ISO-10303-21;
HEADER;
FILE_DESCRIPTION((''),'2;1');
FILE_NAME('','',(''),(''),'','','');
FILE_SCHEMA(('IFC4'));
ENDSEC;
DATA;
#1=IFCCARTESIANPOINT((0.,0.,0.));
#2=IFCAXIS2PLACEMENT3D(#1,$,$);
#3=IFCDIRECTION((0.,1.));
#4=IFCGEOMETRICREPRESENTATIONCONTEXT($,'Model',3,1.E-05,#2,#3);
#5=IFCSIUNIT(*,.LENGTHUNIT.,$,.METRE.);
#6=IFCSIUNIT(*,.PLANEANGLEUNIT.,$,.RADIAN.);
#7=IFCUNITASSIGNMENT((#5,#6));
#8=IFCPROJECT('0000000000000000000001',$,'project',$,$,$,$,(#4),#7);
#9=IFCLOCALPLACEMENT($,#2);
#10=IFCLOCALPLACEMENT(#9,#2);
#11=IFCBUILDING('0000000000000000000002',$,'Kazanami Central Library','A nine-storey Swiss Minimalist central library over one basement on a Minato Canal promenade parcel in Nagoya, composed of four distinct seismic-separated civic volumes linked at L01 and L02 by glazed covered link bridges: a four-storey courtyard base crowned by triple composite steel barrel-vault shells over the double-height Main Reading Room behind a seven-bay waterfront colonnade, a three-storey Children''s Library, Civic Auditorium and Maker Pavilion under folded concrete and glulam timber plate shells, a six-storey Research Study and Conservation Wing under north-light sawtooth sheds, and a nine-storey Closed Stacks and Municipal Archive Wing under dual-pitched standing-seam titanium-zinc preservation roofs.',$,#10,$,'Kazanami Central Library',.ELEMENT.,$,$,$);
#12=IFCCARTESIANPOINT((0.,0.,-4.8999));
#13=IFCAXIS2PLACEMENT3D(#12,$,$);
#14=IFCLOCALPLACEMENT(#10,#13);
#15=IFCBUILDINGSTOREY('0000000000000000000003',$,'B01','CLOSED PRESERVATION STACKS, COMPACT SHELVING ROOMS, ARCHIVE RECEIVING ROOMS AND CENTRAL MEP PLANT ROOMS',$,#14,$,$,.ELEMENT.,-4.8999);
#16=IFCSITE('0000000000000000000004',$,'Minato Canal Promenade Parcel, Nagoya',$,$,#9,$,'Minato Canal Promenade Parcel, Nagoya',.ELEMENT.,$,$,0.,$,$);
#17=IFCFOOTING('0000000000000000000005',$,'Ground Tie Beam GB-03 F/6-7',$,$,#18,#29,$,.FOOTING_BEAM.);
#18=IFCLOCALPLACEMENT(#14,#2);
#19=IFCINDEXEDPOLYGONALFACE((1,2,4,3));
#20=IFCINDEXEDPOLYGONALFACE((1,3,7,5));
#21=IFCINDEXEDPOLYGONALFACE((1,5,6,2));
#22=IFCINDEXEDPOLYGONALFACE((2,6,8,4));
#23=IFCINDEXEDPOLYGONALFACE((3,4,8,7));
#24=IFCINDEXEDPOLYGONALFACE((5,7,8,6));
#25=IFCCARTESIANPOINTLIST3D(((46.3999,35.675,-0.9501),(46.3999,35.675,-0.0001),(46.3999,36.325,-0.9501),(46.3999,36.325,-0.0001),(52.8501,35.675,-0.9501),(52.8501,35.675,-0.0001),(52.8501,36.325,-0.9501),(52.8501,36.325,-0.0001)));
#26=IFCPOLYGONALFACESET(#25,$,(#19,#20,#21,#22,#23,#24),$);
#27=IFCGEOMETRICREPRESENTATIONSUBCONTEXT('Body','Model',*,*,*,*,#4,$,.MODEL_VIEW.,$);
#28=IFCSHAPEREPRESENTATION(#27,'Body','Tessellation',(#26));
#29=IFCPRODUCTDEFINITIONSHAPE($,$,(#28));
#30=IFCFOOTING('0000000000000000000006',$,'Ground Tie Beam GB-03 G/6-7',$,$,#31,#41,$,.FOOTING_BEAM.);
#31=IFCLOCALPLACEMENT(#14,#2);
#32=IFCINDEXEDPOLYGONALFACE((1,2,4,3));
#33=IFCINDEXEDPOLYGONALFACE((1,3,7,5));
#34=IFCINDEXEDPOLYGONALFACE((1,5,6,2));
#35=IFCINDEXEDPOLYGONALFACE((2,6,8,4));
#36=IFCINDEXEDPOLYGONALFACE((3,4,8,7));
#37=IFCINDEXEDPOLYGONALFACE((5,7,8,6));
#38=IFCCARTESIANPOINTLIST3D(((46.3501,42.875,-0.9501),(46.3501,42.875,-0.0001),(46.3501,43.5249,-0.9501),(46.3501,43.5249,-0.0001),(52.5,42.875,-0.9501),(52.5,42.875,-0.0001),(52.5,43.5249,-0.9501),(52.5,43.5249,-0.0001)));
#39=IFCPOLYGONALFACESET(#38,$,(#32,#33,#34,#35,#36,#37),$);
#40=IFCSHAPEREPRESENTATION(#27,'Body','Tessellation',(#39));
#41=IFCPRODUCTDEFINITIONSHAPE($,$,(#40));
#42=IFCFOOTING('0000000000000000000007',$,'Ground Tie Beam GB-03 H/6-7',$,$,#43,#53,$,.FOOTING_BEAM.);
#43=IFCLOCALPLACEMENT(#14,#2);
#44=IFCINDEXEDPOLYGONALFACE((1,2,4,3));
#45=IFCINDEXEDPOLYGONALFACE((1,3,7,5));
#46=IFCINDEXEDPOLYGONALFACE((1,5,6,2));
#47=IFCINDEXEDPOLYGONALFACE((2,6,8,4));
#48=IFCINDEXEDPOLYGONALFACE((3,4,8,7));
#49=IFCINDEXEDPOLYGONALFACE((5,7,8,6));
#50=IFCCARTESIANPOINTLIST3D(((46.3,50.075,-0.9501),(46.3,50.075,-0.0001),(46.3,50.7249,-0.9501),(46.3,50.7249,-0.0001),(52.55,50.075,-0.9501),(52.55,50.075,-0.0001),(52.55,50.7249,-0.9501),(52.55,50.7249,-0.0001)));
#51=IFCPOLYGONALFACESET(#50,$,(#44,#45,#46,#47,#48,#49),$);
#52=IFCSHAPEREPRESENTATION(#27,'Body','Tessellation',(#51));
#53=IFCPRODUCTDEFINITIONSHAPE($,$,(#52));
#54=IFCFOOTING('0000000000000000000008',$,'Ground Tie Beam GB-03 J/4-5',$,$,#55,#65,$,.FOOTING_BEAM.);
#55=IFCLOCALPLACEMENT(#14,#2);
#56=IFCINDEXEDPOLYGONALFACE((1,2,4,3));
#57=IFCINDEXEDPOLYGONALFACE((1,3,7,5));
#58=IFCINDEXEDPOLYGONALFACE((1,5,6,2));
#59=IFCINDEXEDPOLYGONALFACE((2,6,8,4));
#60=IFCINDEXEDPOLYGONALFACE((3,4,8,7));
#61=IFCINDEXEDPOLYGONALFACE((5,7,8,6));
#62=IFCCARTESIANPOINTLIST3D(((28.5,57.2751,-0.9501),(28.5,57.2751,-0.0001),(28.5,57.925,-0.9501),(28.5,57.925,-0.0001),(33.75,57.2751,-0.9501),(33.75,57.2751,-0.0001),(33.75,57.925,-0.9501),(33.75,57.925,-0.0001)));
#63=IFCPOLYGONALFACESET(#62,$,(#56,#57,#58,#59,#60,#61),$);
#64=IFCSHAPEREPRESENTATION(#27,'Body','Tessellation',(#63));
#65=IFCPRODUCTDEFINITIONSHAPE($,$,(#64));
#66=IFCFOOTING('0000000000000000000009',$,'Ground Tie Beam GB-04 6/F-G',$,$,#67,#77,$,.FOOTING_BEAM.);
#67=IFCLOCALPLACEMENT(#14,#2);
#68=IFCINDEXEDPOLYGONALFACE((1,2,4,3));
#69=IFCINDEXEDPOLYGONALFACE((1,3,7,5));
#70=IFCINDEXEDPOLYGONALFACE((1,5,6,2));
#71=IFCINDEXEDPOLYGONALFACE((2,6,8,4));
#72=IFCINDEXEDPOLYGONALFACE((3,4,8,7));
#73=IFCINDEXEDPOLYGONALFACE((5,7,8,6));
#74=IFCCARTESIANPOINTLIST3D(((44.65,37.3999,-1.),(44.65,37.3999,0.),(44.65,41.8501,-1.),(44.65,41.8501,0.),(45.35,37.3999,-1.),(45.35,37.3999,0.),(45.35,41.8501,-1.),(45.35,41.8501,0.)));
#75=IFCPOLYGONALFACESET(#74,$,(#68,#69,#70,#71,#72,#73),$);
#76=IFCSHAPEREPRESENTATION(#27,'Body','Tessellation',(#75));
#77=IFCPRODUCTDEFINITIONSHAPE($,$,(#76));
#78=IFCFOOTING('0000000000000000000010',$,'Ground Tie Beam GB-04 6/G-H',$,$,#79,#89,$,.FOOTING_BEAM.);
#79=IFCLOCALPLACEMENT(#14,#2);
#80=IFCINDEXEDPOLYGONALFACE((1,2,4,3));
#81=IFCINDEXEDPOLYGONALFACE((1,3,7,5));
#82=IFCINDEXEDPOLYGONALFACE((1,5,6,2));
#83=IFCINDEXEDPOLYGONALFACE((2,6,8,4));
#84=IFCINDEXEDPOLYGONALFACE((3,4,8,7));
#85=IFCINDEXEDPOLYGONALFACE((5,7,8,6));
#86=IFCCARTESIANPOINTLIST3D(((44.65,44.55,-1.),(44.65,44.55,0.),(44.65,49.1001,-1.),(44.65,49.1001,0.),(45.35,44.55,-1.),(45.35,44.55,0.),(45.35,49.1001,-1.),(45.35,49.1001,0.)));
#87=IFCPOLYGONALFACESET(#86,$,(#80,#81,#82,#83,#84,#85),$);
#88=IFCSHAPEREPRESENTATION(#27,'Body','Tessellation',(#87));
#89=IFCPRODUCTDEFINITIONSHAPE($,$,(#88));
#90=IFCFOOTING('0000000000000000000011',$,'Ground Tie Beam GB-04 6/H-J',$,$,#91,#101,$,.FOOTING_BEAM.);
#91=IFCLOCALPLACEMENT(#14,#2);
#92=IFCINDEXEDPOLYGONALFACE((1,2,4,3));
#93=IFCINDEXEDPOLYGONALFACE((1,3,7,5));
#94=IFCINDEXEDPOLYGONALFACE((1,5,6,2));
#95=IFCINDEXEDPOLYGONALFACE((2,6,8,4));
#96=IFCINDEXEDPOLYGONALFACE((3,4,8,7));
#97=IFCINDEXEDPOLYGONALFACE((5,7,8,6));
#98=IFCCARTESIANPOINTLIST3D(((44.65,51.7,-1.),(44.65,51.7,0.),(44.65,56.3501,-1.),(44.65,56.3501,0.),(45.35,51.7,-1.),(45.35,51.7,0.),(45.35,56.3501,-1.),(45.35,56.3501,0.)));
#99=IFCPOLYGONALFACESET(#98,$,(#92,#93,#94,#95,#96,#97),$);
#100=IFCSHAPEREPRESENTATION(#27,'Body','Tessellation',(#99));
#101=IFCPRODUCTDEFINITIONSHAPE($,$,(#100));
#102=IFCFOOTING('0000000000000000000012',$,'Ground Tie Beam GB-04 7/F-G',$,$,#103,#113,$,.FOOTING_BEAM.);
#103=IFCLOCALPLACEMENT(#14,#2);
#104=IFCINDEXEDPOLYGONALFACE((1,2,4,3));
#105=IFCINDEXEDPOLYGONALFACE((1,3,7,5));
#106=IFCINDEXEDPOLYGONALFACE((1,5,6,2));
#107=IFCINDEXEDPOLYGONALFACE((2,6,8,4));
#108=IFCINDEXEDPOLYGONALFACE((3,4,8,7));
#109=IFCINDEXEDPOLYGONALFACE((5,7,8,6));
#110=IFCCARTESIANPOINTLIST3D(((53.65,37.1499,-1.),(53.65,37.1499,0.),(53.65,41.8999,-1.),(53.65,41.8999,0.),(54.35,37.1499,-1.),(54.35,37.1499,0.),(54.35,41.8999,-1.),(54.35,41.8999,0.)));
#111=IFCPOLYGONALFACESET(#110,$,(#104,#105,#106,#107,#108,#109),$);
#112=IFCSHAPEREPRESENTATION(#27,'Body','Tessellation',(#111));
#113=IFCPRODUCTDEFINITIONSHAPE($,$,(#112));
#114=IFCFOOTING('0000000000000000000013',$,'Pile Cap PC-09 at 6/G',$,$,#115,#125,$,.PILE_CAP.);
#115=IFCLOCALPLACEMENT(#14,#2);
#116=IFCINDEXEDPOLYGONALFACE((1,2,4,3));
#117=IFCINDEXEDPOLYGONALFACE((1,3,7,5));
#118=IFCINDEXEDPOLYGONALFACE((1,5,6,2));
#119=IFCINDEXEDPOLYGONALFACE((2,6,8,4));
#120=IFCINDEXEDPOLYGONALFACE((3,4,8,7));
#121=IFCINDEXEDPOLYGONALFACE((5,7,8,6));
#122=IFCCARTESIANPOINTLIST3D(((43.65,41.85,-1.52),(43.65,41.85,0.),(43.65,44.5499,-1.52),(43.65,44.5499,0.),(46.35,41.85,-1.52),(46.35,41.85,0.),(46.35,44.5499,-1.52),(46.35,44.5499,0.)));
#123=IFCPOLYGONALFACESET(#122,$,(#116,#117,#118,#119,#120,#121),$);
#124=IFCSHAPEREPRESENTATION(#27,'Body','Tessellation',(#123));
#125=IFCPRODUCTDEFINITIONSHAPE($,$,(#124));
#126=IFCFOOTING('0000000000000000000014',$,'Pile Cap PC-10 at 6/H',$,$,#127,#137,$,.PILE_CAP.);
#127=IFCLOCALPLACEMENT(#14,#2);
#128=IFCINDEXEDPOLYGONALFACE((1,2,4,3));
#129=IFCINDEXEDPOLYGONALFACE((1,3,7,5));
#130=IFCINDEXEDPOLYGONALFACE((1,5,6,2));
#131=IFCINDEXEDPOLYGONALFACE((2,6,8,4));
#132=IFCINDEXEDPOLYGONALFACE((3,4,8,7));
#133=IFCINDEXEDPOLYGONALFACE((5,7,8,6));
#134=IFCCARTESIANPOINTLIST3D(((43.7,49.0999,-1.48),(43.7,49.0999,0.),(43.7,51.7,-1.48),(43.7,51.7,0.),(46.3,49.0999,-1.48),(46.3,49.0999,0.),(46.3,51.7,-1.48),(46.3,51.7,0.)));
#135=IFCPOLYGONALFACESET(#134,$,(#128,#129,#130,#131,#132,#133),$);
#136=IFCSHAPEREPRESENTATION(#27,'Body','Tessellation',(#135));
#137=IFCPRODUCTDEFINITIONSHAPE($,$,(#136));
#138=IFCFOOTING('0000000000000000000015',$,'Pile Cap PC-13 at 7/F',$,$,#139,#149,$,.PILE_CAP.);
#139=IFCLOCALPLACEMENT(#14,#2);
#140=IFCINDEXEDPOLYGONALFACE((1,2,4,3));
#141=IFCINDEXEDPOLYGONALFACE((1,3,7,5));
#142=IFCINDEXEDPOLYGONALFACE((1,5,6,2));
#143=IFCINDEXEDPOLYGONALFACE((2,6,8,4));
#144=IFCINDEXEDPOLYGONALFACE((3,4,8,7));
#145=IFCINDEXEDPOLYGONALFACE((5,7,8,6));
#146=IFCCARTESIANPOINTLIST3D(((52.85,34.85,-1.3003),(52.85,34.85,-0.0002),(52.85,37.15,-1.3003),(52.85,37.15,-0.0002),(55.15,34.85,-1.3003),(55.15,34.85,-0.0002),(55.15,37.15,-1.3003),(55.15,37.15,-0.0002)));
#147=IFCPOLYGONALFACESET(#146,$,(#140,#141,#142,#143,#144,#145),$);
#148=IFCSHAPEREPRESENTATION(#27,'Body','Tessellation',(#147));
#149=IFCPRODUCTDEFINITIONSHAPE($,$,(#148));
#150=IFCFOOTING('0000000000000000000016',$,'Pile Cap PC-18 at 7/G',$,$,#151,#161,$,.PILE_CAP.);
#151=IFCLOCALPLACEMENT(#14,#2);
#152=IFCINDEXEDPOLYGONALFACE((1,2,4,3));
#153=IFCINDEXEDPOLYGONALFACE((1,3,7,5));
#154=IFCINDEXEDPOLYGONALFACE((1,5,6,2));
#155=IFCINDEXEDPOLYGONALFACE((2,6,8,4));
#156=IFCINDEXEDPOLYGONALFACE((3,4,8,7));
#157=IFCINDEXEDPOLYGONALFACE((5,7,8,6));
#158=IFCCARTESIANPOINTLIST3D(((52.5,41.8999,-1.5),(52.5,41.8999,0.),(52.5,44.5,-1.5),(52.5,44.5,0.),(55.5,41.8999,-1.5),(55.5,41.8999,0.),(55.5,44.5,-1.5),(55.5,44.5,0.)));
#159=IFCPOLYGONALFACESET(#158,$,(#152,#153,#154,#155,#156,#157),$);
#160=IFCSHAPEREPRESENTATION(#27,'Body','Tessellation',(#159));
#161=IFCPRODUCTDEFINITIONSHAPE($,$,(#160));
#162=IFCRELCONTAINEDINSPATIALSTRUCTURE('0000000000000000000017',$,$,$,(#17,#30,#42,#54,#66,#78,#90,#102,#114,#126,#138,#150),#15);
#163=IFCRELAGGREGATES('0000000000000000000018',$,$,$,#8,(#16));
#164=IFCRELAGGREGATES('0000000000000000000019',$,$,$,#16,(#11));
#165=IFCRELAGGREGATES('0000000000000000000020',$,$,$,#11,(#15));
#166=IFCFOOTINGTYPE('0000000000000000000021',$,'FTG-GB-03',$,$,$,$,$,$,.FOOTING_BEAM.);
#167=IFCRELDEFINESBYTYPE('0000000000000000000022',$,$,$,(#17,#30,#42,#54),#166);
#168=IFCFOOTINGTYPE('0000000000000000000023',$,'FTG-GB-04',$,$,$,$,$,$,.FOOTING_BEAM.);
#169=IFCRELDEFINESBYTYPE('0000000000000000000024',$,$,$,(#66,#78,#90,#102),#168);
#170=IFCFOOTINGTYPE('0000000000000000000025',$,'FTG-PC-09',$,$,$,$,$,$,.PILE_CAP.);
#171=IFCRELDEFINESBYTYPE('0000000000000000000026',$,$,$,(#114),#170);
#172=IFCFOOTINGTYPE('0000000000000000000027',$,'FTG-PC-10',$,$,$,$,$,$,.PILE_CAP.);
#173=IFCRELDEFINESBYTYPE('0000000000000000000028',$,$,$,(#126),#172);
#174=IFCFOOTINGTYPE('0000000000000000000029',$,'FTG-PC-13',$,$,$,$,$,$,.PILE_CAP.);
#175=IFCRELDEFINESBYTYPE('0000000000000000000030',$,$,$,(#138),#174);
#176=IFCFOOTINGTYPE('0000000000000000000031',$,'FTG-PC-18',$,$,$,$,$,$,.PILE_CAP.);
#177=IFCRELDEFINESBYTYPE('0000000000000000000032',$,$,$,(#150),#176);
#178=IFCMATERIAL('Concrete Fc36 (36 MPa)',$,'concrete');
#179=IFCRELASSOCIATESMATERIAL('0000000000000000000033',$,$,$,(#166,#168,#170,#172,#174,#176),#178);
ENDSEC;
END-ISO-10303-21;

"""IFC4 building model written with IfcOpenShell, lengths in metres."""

from ifc_helpers import new_model, si_unit, direction, frame, origin, origin_2d, place, context, subcontext, project, spatial, rectangle, extrude, material, material_profile, profile_set, type_object, element, save


model = new_model("IFC4")

# Units and contexts
model_context = context("Model", 3, precision=1e-05, world=origin(), true_north=direction((0.0, 1.0)))
body_context = subcontext(model_context, "Body", "Model", "MODEL_VIEW")
ifc_project = project(units=[si_unit("LENGTHUNIT", "METRE"), si_unit("PLANEANGLEUNIT", "RADIAN")], contexts=[model_context])

# Site, building, storey
site_placement = place(None, origin())
site = spatial("IfcSite", under=ifc_project, at=site_placement, Name="Minato Canal Promenade Parcel, Nagoya", LongName="Minato Canal Promenade Parcel, Nagoya", CompositionType="ELEMENT", RefElevation=0.0)
building_placement = place(site_placement, origin())
building = spatial("IfcBuilding", under=site, at=building_placement, Name="Kazanami Central Library", Description="A nine-storey Swiss Minimalist central library over one basement on a Minato Canal promenade parcel in Nagoya, composed of four distinct seismic-separated civic volumes linked at L01 and L02 by glazed covered link bridges: a four-storey courtyard base crowned by triple composite steel barrel-vault shells over the double-height Main Reading Room behind a seven-bay waterfront colonnade, a three-storey Children's Library, Civic Auditorium and Maker Pavilion under folded concrete and glulam timber plate shells, a six-storey Research Study and Conservation Wing under north-light sawtooth sheds, and a nine-storey Closed Stacks and Municipal Archive Wing under dual-pitched standing-seam titanium-zinc preservation roofs.", LongName="Kazanami Central Library", CompositionType="ELEMENT")
storey_placement = place(building_placement, frame((0.0, 0.0, -4.8999)))
storey = spatial("IfcBuildingStorey", under=building, at=storey_placement, Name="B01", Description="CLOSED PRESERVATION STACKS, COMPACT SHELVING ROOMS, ARCHIVE RECEIVING ROOMS AND CENTRAL MEP PLANT ROOMS", CompositionType="ELEMENT", Elevation=-4.8999)

# Footings
ifc_material_1 = material(Name="Concrete Fc36 (36 MPa)", Category="concrete")
ifc_material_profile_1 = material_profile(ifc_material_1, rectangle(XDim=0.6499, YDim=0.95, at=origin_2d()), Name="RC-650x950")
ifc_profile_set_1 = profile_set([ifc_material_profile_1], Name="Concrete Fc36 (36 MPa)")
footing_type_1 = type_object("IfcFootingType", Name="FTG-GB-03", PredefinedType="FOOTING_BEAM", material=ifc_profile_set_1)
footing_1_placement = place(storey_placement, frame((46.3999, 36.0, -0.4751), z_axis=(1.0, 0.0, 0.0), x_axis=(0.0, 1.0, 0.0)))
element("IfcFooting", 1, at=footing_1_placement, inside=storey, type_object=footing_type_1, Name="Ground Tie Beam GB-03 F/6-7", PredefinedType="FOOTING_BEAM", context=body_context, shape_type="SweptSolid", body=[
    extrude(rectangle(XDim=0.6499, YDim=0.95, at=origin_2d()), origin(), (0.0, 0.0, 1.0), 6.4502),
])
footing_2_placement = place(storey_placement, frame((46.3501, 43.2, -0.4751), z_axis=(1.0, 0.0, 0.0), x_axis=(0.0, 1.0, 0.0)))
element("IfcFooting", 2, at=footing_2_placement, inside=storey, type_object=footing_type_1, Name="Ground Tie Beam GB-03 G/6-7", PredefinedType="FOOTING_BEAM", context=body_context, shape_type="SweptSolid", body=[
    extrude(rectangle(XDim=0.6499, YDim=0.95, at=origin_2d()), origin(), (0.0, 0.0, 1.0), 6.1499),
])
footing_3_placement = place(storey_placement, frame((46.3, 50.3999, -0.4751), z_axis=(1.0, 0.0, 0.0), x_axis=(0.0, 1.0, 0.0)))
element("IfcFooting", 3, at=footing_3_placement, inside=storey, type_object=footing_type_1, Name="Ground Tie Beam GB-03 H/6-7", PredefinedType="FOOTING_BEAM", context=body_context, shape_type="SweptSolid", body=[
    extrude(rectangle(XDim=0.6499, YDim=0.95, at=origin_2d()), origin(), (0.0, 0.0, 1.0), 6.25),
])
footing_4_placement = place(storey_placement, frame((28.5, 57.6001, -0.4751), z_axis=(1.0, 0.0, 0.0), x_axis=(0.0, 1.0, 0.0)))
element("IfcFooting", 4, at=footing_4_placement, inside=storey, type_object=footing_type_1, Name="Ground Tie Beam GB-03 J/4-5", PredefinedType="FOOTING_BEAM", context=body_context, shape_type="SweptSolid", body=[
    extrude(rectangle(XDim=0.6499, YDim=0.95, at=origin_2d()), origin(), (0.0, 0.0, 1.0), 5.25),
])
ifc_material_profile_2 = material_profile(ifc_material_1, rectangle(XDim=0.7, YDim=1.0, at=origin_2d()), Name="RC-700x1000")
ifc_profile_set_2 = profile_set([ifc_material_profile_2], Name="Concrete Fc36 (36 MPa)")
footing_type_2 = type_object("IfcFootingType", Name="FTG-GB-04", PredefinedType="FOOTING_BEAM", material=ifc_profile_set_2)
footing_5_placement = place(storey_placement, frame((45.0, 37.3999, -0.5), z_axis=(0.0, 1.0, 0.0), x_axis=(-1.0, 0.0, 0.0)))
element("IfcFooting", 5, at=footing_5_placement, inside=storey, type_object=footing_type_2, Name="Ground Tie Beam GB-04 6/F-G", PredefinedType="FOOTING_BEAM", context=body_context, shape_type="SweptSolid", body=[
    extrude(rectangle(XDim=0.7, YDim=1.0, at=origin_2d()), origin(), (0.0, 0.0, 1.0), 4.4502),
])
footing_6_placement = place(storey_placement, frame((45.0, 44.55, -0.5), z_axis=(0.0, 1.0, 0.0), x_axis=(-1.0, 0.0, 0.0)))
element("IfcFooting", 6, at=footing_6_placement, inside=storey, type_object=footing_type_2, Name="Ground Tie Beam GB-04 6/G-H", PredefinedType="FOOTING_BEAM", context=body_context, shape_type="SweptSolid", body=[
    extrude(rectangle(XDim=0.7, YDim=1.0, at=origin_2d()), origin(), (0.0, 0.0, 1.0), 4.55),
])
footing_7_placement = place(storey_placement, frame((45.0, 51.7, -0.5), z_axis=(0.0, 1.0, 0.0), x_axis=(-1.0, 0.0, 0.0)))
element("IfcFooting", 7, at=footing_7_placement, inside=storey, type_object=footing_type_2, Name="Ground Tie Beam GB-04 6/H-J", PredefinedType="FOOTING_BEAM", context=body_context, shape_type="SweptSolid", body=[
    extrude(rectangle(XDim=0.7, YDim=1.0, at=origin_2d()), origin(), (0.0, 0.0, 1.0), 4.6501),
])
footing_8_placement = place(storey_placement, frame((54.0, 37.1499, -0.5), z_axis=(0.0, 1.0, 0.0), x_axis=(-1.0, 0.0, 0.0)))
element("IfcFooting", 8, at=footing_8_placement, inside=storey, type_object=footing_type_2, Name="Ground Tie Beam GB-04 7/F-G", PredefinedType="FOOTING_BEAM", context=body_context, shape_type="SweptSolid", body=[
    extrude(rectangle(XDim=0.7, YDim=1.0, at=origin_2d()), origin(), (0.0, 0.0, 1.0), 4.75),
])
footing_type_3 = type_object("IfcFootingType", Name="FTG-PC-09", PredefinedType="PILE_CAP", material=ifc_material_1)
footing_9_placement = place(storey_placement, frame((45.0, 43.2, -1.52), z_axis=(0.0, 0.0, 1.0), x_axis=(1.0, 0.0, 0.0)))
element("IfcFooting", 9, at=footing_9_placement, inside=storey, type_object=footing_type_3, Name="Pile Cap PC-09 at 6/G", PredefinedType="PILE_CAP", context=body_context, shape_type="SweptSolid", body=[
    extrude(rectangle(XDim=2.7, YDim=2.7, at=origin_2d()), origin(), (0.0, 0.0, 1.0), 1.52),
])
footing_type_4 = type_object("IfcFootingType", Name="FTG-PC-10", PredefinedType="PILE_CAP", material=ifc_material_1)
footing_10_placement = place(storey_placement, frame((45.0, 50.3999, -1.48), z_axis=(0.0, 0.0, 1.0), x_axis=(1.0, 0.0, 0.0)))
element("IfcFooting", 10, at=footing_10_placement, inside=storey, type_object=footing_type_4, Name="Pile Cap PC-10 at 6/H", PredefinedType="PILE_CAP", context=body_context, shape_type="SweptSolid", body=[
    extrude(rectangle(XDim=2.6001, YDim=2.6001, at=origin_2d()), origin(), (0.0, 0.0, 1.0), 1.48),
])
footing_type_5 = type_object("IfcFootingType", Name="FTG-PC-13", PredefinedType="PILE_CAP", material=ifc_material_1)
footing_11_placement = place(storey_placement, frame((54.0, 36.0, -1.3003), z_axis=(0.0, 0.0, 1.0), x_axis=(1.0, 0.0, 0.0)))
element("IfcFooting", 11, at=footing_11_placement, inside=storey, type_object=footing_type_5, Name="Pile Cap PC-13 at 7/F", PredefinedType="PILE_CAP", context=body_context, shape_type="SweptSolid", body=[
    extrude(rectangle(XDim=2.3, YDim=2.3, at=origin_2d()), origin(), (0.0, 0.0, 1.0), 1.3),
])
footing_type_6 = type_object("IfcFootingType", Name="FTG-PC-18", PredefinedType="PILE_CAP", material=ifc_material_1)
footing_12_placement = place(storey_placement, frame((54.0, 43.2, -1.5), z_axis=(0.0, 0.0, 1.0), x_axis=(1.0, 0.0, 0.0)))
element("IfcFooting", 12, at=footing_12_placement, inside=storey, type_object=footing_type_6, Name="Pile Cap PC-18 at 7/G", PredefinedType="PILE_CAP", context=body_context, shape_type="SweptSolid", body=[
    extrude(rectangle(XDim=3.0, YDim=2.6001, at=origin_2d()), origin(), (0.0, 0.0, 1.0), 1.5),
])

save(model, "model.ifc")
